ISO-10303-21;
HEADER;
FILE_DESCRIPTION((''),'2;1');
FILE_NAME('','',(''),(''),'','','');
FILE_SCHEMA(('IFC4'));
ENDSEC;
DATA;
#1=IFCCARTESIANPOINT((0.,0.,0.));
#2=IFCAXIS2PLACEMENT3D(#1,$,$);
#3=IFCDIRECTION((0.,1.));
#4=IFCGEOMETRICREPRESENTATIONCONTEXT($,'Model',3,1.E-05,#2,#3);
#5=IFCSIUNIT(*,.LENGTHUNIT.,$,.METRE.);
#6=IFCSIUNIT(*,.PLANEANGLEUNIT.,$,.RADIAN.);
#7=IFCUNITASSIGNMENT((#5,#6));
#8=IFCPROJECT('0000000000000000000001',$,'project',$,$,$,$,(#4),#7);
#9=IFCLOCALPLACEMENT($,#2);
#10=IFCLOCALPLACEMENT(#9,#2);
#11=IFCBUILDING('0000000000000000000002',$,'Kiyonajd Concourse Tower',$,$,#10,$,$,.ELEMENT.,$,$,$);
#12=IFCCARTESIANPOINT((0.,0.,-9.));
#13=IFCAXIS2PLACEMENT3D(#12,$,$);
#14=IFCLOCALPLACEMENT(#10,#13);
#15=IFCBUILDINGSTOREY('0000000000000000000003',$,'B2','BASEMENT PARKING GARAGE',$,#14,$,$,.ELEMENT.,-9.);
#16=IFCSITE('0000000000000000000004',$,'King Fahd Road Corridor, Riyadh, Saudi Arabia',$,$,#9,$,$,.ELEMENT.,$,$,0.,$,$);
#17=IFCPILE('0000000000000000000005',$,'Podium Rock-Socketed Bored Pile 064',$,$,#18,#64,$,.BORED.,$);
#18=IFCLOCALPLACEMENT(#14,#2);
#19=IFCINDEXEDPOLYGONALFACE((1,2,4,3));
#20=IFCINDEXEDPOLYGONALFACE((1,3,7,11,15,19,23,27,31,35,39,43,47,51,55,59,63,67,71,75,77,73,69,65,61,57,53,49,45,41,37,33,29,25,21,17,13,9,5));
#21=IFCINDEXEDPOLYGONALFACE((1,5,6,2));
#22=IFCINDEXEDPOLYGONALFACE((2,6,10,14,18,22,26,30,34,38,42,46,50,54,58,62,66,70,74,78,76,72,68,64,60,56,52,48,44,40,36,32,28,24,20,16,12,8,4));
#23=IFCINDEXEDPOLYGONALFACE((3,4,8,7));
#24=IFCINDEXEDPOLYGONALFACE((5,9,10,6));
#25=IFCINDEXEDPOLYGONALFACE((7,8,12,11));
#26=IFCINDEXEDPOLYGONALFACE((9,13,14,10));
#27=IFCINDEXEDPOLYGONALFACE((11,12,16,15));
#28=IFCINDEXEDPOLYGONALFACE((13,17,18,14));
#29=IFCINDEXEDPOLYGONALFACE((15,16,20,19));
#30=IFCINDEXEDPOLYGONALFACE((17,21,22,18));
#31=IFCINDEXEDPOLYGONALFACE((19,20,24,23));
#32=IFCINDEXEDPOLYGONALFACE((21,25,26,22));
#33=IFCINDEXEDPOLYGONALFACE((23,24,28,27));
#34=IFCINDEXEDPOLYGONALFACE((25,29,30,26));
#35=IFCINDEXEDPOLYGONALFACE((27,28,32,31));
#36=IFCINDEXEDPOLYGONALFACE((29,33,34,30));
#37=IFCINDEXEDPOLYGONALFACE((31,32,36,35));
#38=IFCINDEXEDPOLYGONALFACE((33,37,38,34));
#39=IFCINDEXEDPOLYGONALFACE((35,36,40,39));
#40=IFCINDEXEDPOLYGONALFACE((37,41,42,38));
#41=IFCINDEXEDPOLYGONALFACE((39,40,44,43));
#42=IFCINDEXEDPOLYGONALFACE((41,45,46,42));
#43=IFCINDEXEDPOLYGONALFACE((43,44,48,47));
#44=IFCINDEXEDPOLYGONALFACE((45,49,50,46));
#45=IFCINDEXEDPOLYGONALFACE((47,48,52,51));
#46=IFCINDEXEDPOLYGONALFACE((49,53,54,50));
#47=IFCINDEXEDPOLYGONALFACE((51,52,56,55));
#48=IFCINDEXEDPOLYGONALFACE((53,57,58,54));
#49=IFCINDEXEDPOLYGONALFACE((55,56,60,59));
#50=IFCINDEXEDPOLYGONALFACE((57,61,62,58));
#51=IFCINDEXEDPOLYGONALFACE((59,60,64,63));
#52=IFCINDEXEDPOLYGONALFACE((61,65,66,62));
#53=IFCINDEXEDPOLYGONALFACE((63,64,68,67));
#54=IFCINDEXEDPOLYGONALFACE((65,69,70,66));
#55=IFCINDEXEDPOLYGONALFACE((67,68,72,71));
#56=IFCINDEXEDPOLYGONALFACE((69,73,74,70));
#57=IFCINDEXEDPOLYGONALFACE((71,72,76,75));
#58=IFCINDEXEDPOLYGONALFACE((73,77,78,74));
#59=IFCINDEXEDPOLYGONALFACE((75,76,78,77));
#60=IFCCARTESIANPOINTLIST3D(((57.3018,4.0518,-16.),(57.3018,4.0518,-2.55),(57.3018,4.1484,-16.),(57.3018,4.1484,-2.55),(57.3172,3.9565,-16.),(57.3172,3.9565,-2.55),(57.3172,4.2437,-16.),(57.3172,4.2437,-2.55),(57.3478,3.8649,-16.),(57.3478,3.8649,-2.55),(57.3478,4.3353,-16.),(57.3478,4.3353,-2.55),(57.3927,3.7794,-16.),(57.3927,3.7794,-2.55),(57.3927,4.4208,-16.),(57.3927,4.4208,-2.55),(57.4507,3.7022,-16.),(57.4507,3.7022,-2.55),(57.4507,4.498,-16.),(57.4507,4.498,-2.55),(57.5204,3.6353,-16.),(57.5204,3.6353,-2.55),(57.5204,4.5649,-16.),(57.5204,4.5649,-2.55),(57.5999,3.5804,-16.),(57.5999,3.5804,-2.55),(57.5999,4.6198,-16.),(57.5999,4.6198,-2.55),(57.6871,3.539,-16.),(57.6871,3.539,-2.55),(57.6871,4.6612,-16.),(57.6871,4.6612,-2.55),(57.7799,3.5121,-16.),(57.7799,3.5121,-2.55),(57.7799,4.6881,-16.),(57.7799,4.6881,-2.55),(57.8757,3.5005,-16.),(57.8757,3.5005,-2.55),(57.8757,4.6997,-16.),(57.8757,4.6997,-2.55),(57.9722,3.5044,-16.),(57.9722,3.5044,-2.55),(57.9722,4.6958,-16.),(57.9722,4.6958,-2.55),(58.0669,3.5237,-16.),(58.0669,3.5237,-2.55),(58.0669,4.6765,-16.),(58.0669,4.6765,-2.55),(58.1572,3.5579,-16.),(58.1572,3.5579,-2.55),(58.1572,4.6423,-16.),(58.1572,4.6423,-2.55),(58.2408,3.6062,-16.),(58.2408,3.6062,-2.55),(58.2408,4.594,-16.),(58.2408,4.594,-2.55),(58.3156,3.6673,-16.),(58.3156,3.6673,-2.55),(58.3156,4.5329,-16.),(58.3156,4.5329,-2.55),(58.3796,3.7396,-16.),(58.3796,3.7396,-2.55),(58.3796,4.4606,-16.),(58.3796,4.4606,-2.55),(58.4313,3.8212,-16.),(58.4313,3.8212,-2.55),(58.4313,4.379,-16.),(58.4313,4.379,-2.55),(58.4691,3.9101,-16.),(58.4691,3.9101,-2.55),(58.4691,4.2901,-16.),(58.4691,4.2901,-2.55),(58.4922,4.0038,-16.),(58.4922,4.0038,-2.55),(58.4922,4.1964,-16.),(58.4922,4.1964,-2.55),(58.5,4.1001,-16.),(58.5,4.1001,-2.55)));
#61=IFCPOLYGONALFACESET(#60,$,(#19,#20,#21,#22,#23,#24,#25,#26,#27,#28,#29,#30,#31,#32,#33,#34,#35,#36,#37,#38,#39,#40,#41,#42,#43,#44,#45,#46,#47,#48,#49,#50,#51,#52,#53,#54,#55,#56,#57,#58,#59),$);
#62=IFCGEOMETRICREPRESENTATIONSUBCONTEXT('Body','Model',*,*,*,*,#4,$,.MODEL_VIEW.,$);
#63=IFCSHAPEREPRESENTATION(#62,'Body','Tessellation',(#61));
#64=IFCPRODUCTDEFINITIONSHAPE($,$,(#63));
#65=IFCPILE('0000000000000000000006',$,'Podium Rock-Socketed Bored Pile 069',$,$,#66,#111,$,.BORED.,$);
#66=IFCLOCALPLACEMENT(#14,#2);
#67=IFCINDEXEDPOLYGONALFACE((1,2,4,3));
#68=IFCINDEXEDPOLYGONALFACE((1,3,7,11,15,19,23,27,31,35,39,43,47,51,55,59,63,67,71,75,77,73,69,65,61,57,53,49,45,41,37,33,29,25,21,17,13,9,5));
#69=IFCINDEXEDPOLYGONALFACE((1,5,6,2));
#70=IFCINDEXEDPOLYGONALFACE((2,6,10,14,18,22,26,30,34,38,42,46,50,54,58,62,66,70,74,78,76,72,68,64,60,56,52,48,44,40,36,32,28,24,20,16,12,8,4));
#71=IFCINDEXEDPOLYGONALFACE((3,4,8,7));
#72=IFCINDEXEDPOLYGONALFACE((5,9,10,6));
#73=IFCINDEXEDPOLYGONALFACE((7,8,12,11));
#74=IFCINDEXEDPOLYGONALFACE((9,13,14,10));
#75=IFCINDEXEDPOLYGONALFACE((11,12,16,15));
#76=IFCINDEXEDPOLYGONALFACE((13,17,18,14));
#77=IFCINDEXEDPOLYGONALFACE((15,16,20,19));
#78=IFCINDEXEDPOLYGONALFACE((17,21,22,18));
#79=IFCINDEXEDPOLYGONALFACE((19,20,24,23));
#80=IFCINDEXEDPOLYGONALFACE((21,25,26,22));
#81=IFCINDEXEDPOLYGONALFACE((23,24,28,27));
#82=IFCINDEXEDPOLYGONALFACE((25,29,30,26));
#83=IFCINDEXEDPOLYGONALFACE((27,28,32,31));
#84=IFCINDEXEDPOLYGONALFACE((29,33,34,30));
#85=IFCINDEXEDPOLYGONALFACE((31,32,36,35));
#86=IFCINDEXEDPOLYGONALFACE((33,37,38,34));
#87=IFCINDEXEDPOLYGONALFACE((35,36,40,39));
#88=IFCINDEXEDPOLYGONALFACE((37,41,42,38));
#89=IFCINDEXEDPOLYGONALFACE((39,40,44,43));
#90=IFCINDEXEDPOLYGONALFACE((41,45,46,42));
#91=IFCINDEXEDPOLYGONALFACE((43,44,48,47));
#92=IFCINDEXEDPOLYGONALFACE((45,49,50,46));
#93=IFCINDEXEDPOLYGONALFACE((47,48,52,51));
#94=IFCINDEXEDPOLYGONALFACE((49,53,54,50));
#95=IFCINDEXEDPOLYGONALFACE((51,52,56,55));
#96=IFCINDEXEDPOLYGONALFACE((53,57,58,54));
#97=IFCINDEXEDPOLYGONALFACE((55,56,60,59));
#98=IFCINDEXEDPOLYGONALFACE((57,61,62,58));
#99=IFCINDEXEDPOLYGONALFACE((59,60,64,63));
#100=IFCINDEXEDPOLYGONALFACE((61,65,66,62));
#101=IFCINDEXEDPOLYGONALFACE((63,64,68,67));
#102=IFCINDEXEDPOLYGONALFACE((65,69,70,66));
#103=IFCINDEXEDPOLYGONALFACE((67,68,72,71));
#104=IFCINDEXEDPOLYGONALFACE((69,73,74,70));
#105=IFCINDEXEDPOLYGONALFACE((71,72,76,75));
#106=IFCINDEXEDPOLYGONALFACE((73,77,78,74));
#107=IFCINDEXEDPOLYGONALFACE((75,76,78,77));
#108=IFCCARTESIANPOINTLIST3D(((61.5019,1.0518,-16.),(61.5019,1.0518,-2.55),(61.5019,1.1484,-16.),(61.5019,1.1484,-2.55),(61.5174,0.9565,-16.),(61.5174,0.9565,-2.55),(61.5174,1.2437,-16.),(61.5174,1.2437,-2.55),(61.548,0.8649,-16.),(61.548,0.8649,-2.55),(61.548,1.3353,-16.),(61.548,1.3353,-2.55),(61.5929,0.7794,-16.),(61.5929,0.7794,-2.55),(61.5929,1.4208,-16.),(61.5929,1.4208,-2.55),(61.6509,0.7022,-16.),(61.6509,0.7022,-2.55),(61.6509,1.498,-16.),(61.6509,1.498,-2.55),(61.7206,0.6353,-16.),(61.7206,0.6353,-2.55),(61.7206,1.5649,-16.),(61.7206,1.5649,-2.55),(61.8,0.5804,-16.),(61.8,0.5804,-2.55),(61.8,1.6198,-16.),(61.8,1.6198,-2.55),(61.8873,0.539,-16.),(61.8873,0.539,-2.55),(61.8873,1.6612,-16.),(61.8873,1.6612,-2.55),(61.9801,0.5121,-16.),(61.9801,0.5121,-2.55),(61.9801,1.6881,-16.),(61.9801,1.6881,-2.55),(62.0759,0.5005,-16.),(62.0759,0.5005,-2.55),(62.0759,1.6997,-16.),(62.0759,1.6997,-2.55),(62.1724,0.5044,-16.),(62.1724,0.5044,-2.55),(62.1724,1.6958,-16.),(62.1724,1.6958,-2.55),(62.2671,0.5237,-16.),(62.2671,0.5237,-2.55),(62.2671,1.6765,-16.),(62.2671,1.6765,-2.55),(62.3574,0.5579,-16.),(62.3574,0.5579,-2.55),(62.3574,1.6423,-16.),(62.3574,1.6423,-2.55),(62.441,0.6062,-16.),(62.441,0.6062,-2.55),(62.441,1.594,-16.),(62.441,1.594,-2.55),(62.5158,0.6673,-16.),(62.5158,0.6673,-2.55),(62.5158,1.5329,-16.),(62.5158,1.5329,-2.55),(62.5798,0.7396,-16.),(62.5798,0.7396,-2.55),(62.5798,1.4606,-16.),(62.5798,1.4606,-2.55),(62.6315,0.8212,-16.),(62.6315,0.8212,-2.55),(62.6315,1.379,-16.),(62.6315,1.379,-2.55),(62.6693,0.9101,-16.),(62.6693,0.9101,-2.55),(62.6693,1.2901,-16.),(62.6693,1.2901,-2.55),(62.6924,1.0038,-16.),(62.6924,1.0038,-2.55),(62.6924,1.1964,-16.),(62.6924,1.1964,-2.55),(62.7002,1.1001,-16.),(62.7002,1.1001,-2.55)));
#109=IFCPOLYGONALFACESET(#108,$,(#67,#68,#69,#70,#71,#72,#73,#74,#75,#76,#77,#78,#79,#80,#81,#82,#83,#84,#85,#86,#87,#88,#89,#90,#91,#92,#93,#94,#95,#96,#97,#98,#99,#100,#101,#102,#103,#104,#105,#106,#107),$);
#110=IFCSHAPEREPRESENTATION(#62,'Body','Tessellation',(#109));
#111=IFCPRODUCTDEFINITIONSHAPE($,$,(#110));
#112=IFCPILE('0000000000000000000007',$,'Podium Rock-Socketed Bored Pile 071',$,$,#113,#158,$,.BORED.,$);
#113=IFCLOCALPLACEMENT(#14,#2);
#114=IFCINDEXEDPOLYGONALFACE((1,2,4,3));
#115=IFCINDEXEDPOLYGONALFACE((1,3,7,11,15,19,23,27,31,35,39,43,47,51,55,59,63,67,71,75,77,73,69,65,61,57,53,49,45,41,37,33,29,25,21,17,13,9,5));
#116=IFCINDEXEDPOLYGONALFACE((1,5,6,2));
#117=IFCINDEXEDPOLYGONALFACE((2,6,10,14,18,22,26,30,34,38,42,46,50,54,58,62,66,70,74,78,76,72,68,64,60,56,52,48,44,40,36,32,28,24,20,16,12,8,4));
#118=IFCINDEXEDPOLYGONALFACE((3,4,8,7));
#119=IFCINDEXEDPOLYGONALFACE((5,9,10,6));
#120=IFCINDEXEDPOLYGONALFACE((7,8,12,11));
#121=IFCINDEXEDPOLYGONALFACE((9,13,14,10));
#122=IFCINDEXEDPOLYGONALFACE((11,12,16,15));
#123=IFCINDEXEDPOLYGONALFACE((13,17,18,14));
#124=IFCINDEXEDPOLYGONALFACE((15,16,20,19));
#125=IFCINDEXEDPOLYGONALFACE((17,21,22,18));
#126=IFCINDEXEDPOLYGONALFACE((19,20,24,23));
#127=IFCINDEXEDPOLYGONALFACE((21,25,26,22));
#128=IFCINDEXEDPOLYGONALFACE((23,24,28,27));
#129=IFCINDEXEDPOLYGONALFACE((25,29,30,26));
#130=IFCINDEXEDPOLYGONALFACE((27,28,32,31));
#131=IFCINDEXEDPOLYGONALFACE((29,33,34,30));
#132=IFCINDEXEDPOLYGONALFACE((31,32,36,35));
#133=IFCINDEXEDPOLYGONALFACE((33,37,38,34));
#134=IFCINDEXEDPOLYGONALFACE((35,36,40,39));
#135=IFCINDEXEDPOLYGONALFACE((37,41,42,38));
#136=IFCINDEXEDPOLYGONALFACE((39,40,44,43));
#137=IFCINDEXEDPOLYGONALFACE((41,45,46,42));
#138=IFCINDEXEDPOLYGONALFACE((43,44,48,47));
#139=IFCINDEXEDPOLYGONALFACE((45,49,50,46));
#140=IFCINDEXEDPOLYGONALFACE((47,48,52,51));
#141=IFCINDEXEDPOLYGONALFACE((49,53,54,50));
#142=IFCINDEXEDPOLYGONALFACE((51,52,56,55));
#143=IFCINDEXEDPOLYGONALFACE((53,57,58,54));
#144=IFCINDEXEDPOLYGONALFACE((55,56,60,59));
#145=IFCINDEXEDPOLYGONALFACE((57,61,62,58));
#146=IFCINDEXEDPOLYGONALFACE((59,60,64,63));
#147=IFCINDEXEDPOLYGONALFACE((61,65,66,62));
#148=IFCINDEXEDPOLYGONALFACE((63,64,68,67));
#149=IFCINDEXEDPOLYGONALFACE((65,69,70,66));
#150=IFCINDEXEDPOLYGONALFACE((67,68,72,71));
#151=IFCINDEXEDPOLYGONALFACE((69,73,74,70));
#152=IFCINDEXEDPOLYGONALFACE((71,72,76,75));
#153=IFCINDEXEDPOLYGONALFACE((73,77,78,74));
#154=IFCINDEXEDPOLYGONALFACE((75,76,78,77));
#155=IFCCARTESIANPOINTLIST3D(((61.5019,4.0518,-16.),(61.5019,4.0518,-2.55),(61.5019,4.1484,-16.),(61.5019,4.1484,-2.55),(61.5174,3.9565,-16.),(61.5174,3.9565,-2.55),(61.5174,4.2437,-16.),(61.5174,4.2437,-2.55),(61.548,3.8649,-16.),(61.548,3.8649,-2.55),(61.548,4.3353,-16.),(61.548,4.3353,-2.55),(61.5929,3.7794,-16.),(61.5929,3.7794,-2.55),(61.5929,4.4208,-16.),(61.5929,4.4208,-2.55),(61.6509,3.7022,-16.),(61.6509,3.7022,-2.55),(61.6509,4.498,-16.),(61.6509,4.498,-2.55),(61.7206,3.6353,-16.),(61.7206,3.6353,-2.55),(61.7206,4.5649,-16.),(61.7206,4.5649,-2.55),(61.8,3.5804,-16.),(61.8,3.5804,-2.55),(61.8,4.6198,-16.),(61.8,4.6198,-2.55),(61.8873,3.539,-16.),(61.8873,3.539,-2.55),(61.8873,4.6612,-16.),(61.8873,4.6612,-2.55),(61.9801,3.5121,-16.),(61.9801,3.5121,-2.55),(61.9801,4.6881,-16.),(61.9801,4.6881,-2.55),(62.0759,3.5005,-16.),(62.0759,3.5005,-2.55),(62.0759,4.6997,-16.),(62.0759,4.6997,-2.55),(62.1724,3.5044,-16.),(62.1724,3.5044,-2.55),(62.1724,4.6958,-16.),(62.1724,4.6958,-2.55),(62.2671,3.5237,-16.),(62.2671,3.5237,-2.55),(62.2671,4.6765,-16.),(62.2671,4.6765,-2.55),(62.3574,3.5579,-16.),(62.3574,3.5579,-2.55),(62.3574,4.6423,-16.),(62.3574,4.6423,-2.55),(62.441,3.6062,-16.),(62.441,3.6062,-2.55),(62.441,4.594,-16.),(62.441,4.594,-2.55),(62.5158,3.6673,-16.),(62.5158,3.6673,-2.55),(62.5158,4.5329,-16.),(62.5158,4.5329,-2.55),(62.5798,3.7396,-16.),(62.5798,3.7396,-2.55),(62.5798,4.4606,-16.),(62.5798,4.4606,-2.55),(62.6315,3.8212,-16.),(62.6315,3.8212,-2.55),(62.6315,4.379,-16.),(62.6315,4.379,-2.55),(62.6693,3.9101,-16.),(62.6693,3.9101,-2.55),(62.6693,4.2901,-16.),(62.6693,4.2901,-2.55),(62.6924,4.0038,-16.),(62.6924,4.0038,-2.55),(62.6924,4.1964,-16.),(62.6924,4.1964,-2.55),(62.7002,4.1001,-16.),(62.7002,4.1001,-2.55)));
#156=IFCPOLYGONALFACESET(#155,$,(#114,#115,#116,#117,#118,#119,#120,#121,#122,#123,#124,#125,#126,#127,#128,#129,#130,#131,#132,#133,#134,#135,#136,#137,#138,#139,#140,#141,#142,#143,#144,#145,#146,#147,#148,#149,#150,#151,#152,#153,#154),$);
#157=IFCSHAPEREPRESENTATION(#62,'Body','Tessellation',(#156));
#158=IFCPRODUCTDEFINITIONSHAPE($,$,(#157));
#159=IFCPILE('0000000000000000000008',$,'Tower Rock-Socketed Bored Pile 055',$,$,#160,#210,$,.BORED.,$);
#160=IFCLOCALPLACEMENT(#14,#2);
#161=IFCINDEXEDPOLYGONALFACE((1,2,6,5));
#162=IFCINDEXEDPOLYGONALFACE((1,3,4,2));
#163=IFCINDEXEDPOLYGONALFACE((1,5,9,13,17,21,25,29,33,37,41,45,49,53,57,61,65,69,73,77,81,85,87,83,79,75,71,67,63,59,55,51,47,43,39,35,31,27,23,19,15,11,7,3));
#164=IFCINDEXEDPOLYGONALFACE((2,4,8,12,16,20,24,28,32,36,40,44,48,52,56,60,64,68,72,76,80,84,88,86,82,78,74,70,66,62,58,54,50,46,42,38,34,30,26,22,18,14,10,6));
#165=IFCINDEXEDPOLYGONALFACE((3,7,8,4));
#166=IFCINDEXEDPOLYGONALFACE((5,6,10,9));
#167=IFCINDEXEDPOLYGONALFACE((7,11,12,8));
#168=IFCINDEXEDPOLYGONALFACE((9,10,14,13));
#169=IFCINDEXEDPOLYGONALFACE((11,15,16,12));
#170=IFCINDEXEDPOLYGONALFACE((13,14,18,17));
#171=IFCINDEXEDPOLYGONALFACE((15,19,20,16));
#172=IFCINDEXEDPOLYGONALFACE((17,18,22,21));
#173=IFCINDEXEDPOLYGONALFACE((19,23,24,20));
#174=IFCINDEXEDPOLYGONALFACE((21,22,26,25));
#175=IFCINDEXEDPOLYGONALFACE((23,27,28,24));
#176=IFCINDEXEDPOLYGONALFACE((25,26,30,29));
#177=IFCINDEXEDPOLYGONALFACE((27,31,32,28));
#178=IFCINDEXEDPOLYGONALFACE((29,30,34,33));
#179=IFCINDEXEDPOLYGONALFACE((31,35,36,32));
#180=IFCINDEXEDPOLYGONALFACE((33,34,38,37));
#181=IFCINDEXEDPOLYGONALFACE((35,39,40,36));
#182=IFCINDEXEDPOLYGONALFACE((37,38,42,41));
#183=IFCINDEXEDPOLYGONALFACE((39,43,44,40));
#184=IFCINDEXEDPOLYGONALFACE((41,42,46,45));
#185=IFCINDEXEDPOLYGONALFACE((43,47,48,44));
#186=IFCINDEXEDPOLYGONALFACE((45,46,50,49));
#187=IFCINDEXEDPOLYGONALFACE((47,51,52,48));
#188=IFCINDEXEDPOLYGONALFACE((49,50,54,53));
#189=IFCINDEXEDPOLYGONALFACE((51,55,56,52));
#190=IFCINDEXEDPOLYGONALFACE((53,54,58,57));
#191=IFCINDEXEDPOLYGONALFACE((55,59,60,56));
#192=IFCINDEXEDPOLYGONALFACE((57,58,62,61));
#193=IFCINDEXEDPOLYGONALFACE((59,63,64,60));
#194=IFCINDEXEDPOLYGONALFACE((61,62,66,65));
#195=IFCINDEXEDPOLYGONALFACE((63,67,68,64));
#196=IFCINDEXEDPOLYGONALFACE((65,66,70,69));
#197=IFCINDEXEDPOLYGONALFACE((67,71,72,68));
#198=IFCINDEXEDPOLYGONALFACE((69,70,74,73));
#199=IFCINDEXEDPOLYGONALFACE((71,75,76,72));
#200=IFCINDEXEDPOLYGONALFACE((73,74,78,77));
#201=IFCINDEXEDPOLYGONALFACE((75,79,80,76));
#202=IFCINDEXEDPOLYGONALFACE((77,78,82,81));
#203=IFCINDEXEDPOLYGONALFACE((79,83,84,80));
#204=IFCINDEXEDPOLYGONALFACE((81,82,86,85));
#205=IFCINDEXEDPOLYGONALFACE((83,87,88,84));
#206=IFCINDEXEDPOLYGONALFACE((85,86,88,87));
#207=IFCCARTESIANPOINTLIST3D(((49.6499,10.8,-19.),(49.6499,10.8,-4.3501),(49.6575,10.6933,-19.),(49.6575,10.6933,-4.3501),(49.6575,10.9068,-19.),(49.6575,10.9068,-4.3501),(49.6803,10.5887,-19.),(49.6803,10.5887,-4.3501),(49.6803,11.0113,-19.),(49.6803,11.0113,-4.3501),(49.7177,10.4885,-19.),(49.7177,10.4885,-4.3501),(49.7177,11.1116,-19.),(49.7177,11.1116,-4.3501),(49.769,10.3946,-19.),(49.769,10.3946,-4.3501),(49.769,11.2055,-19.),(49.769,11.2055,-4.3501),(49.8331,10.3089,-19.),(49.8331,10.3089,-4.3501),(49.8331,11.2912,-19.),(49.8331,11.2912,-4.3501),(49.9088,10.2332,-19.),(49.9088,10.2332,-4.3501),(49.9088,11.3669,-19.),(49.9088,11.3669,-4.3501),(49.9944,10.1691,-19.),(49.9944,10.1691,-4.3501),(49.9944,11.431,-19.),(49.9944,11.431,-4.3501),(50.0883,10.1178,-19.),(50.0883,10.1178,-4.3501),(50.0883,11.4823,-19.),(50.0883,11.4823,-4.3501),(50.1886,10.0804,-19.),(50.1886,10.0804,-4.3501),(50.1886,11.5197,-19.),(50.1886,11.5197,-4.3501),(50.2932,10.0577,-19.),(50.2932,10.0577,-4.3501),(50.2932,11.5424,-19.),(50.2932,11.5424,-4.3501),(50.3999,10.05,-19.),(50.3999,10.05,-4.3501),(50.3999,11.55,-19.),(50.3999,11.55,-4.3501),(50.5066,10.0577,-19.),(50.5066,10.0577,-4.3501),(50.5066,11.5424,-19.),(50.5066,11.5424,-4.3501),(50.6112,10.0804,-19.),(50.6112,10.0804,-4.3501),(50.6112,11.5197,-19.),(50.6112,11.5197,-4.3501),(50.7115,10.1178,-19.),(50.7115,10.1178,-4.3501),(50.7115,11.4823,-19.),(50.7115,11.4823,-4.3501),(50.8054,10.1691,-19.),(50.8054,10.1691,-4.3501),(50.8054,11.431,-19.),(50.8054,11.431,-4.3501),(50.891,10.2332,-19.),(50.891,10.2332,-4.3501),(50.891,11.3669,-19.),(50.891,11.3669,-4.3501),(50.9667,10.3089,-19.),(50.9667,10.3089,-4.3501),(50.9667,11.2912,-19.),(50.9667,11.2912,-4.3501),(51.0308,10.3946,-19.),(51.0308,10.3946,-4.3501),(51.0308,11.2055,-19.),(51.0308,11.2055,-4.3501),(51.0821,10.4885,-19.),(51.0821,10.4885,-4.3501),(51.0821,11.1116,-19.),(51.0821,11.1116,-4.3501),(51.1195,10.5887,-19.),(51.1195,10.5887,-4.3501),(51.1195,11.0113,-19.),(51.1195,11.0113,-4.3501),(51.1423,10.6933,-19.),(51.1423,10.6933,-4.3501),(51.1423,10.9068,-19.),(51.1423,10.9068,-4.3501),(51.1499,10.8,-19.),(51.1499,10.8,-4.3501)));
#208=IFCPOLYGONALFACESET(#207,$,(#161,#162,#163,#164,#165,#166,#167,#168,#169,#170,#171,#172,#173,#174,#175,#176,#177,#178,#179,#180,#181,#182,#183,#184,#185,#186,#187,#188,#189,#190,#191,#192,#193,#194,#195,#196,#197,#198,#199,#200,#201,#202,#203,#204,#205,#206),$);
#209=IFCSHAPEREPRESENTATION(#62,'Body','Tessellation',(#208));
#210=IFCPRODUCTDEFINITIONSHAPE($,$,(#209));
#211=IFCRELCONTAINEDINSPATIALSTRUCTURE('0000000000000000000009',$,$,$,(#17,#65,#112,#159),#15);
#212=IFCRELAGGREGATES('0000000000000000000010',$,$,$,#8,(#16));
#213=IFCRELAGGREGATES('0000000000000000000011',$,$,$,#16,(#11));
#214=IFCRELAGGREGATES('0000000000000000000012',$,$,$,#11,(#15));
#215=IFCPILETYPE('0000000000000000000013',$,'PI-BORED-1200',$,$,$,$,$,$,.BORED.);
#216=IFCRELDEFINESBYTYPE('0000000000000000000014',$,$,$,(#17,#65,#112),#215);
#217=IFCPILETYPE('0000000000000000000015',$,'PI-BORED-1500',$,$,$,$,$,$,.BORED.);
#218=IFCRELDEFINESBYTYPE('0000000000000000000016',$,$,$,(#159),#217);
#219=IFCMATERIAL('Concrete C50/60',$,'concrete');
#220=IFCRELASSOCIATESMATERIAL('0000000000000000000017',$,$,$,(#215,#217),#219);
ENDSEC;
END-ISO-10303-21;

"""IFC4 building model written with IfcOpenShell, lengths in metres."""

from ifc_helpers import new_model, si_unit, direction, frame, origin, origin_2d, place, context, subcontext, project, spatial, circle, extrude, material, material_profile, profile_set, type_object, element, save


model = new_model("IFC4")

# Units and contexts
model_context = context("Model", 3, precision=1e-05, world=origin(), true_north=direction((0.0, 1.0)))
body_context = subcontext(model_context, "Body", "Model", "MODEL_VIEW")
ifc_project = project(units=[si_unit("LENGTHUNIT", "METRE"), si_unit("PLANEANGLEUNIT", "RADIAN")], contexts=[model_context])

# Site, building, storey
site_placement = place(None, origin())
site = spatial("IfcSite", under=ifc_project, at=site_placement, Name="King Fahd Road Corridor, Riyadh, Saudi Arabia", CompositionType="ELEMENT", RefElevation=0.0)
building_placement = place(site_placement, origin())
building = spatial("IfcBuilding", under=site, at=building_placement, Name="Kiyonajd Concourse Tower", CompositionType="ELEMENT")
storey_placement = place(building_placement, frame((0.0, 0.0, -9.0)))
storey = spatial("IfcBuildingStorey", under=building, at=storey_placement, Name="B2", Description="BASEMENT PARKING GARAGE", CompositionType="ELEMENT", Elevation=-9.0)

# Shared definitions
ifc_material_1 = material(Name="Concrete C50/60", Category="concrete")

# Piles
ifc_material_profile_1 = material_profile(ifc_material_1, circle(Radius=0.6001, at=origin_2d()), Name="PILE-D1200")
ifc_profile_set_1 = profile_set([ifc_material_profile_1], Name="Concrete C50/60")
pile_type_1 = type_object("IfcPileType", Name="PI-BORED-1200", PredefinedType="BORED", material=ifc_profile_set_1)
for number, where, z_axis, x_axis, name in (
    (1, (57.8999, 4.1001, -2.55), (0.0, 0.0, -1.0), (1.0, 0.0, 0.0), "Podium Rock-Socketed Bored Pile 064"),
    (2, (62.1001, 1.1001, -2.55), (0.0, 0.0, -1.0), (1.0, 0.0, 0.0), "Podium Rock-Socketed Bored Pile 069"),
    (3, (62.1001, 4.1001, -2.55), (0.0, 0.0, -1.0), (1.0, 0.0, 0.0), "Podium Rock-Socketed Bored Pile 071"),
):
    element("IfcPile", number, at=place(storey_placement, frame(where, z_axis=z_axis, x_axis=x_axis)), inside=storey, type_object=pile_type_1, Name=name, PredefinedType="BORED", context=body_context, shape_type="SweptSolid", body=[
        extrude(circle(Radius=0.6001, at=origin_2d()), origin(), (0.0, 0.0, 1.0), 13.45),
    ])
ifc_material_profile_2 = material_profile(ifc_material_1, circle(Radius=0.75, at=origin_2d()), Name="PILE-D1500")
ifc_profile_set_2 = profile_set([ifc_material_profile_2], Name="Concrete C50/60")
pile_type_2 = type_object("IfcPileType", Name="PI-BORED-1500", PredefinedType="BORED", material=ifc_profile_set_2)
for number, where, z_axis, x_axis, name in (
    (4, (50.3999, 10.8, -4.3501), (0.0, 0.0, -1.0), (1.0, 0.0, 0.0), "Tower Rock-Socketed Bored Pile 055"),
):
    element("IfcPile", number, at=place(storey_placement, frame(where, z_axis=z_axis, x_axis=x_axis)), inside=storey, type_object=pile_type_2, Name=name, PredefinedType="BORED", context=body_context, shape_type="SweptSolid", body=[
        extrude(circle(Radius=0.75, at=origin_2d()), origin(), (0.0, 0.0, 1.0), 14.6499),
    ])

save(model, "model.ifc")
